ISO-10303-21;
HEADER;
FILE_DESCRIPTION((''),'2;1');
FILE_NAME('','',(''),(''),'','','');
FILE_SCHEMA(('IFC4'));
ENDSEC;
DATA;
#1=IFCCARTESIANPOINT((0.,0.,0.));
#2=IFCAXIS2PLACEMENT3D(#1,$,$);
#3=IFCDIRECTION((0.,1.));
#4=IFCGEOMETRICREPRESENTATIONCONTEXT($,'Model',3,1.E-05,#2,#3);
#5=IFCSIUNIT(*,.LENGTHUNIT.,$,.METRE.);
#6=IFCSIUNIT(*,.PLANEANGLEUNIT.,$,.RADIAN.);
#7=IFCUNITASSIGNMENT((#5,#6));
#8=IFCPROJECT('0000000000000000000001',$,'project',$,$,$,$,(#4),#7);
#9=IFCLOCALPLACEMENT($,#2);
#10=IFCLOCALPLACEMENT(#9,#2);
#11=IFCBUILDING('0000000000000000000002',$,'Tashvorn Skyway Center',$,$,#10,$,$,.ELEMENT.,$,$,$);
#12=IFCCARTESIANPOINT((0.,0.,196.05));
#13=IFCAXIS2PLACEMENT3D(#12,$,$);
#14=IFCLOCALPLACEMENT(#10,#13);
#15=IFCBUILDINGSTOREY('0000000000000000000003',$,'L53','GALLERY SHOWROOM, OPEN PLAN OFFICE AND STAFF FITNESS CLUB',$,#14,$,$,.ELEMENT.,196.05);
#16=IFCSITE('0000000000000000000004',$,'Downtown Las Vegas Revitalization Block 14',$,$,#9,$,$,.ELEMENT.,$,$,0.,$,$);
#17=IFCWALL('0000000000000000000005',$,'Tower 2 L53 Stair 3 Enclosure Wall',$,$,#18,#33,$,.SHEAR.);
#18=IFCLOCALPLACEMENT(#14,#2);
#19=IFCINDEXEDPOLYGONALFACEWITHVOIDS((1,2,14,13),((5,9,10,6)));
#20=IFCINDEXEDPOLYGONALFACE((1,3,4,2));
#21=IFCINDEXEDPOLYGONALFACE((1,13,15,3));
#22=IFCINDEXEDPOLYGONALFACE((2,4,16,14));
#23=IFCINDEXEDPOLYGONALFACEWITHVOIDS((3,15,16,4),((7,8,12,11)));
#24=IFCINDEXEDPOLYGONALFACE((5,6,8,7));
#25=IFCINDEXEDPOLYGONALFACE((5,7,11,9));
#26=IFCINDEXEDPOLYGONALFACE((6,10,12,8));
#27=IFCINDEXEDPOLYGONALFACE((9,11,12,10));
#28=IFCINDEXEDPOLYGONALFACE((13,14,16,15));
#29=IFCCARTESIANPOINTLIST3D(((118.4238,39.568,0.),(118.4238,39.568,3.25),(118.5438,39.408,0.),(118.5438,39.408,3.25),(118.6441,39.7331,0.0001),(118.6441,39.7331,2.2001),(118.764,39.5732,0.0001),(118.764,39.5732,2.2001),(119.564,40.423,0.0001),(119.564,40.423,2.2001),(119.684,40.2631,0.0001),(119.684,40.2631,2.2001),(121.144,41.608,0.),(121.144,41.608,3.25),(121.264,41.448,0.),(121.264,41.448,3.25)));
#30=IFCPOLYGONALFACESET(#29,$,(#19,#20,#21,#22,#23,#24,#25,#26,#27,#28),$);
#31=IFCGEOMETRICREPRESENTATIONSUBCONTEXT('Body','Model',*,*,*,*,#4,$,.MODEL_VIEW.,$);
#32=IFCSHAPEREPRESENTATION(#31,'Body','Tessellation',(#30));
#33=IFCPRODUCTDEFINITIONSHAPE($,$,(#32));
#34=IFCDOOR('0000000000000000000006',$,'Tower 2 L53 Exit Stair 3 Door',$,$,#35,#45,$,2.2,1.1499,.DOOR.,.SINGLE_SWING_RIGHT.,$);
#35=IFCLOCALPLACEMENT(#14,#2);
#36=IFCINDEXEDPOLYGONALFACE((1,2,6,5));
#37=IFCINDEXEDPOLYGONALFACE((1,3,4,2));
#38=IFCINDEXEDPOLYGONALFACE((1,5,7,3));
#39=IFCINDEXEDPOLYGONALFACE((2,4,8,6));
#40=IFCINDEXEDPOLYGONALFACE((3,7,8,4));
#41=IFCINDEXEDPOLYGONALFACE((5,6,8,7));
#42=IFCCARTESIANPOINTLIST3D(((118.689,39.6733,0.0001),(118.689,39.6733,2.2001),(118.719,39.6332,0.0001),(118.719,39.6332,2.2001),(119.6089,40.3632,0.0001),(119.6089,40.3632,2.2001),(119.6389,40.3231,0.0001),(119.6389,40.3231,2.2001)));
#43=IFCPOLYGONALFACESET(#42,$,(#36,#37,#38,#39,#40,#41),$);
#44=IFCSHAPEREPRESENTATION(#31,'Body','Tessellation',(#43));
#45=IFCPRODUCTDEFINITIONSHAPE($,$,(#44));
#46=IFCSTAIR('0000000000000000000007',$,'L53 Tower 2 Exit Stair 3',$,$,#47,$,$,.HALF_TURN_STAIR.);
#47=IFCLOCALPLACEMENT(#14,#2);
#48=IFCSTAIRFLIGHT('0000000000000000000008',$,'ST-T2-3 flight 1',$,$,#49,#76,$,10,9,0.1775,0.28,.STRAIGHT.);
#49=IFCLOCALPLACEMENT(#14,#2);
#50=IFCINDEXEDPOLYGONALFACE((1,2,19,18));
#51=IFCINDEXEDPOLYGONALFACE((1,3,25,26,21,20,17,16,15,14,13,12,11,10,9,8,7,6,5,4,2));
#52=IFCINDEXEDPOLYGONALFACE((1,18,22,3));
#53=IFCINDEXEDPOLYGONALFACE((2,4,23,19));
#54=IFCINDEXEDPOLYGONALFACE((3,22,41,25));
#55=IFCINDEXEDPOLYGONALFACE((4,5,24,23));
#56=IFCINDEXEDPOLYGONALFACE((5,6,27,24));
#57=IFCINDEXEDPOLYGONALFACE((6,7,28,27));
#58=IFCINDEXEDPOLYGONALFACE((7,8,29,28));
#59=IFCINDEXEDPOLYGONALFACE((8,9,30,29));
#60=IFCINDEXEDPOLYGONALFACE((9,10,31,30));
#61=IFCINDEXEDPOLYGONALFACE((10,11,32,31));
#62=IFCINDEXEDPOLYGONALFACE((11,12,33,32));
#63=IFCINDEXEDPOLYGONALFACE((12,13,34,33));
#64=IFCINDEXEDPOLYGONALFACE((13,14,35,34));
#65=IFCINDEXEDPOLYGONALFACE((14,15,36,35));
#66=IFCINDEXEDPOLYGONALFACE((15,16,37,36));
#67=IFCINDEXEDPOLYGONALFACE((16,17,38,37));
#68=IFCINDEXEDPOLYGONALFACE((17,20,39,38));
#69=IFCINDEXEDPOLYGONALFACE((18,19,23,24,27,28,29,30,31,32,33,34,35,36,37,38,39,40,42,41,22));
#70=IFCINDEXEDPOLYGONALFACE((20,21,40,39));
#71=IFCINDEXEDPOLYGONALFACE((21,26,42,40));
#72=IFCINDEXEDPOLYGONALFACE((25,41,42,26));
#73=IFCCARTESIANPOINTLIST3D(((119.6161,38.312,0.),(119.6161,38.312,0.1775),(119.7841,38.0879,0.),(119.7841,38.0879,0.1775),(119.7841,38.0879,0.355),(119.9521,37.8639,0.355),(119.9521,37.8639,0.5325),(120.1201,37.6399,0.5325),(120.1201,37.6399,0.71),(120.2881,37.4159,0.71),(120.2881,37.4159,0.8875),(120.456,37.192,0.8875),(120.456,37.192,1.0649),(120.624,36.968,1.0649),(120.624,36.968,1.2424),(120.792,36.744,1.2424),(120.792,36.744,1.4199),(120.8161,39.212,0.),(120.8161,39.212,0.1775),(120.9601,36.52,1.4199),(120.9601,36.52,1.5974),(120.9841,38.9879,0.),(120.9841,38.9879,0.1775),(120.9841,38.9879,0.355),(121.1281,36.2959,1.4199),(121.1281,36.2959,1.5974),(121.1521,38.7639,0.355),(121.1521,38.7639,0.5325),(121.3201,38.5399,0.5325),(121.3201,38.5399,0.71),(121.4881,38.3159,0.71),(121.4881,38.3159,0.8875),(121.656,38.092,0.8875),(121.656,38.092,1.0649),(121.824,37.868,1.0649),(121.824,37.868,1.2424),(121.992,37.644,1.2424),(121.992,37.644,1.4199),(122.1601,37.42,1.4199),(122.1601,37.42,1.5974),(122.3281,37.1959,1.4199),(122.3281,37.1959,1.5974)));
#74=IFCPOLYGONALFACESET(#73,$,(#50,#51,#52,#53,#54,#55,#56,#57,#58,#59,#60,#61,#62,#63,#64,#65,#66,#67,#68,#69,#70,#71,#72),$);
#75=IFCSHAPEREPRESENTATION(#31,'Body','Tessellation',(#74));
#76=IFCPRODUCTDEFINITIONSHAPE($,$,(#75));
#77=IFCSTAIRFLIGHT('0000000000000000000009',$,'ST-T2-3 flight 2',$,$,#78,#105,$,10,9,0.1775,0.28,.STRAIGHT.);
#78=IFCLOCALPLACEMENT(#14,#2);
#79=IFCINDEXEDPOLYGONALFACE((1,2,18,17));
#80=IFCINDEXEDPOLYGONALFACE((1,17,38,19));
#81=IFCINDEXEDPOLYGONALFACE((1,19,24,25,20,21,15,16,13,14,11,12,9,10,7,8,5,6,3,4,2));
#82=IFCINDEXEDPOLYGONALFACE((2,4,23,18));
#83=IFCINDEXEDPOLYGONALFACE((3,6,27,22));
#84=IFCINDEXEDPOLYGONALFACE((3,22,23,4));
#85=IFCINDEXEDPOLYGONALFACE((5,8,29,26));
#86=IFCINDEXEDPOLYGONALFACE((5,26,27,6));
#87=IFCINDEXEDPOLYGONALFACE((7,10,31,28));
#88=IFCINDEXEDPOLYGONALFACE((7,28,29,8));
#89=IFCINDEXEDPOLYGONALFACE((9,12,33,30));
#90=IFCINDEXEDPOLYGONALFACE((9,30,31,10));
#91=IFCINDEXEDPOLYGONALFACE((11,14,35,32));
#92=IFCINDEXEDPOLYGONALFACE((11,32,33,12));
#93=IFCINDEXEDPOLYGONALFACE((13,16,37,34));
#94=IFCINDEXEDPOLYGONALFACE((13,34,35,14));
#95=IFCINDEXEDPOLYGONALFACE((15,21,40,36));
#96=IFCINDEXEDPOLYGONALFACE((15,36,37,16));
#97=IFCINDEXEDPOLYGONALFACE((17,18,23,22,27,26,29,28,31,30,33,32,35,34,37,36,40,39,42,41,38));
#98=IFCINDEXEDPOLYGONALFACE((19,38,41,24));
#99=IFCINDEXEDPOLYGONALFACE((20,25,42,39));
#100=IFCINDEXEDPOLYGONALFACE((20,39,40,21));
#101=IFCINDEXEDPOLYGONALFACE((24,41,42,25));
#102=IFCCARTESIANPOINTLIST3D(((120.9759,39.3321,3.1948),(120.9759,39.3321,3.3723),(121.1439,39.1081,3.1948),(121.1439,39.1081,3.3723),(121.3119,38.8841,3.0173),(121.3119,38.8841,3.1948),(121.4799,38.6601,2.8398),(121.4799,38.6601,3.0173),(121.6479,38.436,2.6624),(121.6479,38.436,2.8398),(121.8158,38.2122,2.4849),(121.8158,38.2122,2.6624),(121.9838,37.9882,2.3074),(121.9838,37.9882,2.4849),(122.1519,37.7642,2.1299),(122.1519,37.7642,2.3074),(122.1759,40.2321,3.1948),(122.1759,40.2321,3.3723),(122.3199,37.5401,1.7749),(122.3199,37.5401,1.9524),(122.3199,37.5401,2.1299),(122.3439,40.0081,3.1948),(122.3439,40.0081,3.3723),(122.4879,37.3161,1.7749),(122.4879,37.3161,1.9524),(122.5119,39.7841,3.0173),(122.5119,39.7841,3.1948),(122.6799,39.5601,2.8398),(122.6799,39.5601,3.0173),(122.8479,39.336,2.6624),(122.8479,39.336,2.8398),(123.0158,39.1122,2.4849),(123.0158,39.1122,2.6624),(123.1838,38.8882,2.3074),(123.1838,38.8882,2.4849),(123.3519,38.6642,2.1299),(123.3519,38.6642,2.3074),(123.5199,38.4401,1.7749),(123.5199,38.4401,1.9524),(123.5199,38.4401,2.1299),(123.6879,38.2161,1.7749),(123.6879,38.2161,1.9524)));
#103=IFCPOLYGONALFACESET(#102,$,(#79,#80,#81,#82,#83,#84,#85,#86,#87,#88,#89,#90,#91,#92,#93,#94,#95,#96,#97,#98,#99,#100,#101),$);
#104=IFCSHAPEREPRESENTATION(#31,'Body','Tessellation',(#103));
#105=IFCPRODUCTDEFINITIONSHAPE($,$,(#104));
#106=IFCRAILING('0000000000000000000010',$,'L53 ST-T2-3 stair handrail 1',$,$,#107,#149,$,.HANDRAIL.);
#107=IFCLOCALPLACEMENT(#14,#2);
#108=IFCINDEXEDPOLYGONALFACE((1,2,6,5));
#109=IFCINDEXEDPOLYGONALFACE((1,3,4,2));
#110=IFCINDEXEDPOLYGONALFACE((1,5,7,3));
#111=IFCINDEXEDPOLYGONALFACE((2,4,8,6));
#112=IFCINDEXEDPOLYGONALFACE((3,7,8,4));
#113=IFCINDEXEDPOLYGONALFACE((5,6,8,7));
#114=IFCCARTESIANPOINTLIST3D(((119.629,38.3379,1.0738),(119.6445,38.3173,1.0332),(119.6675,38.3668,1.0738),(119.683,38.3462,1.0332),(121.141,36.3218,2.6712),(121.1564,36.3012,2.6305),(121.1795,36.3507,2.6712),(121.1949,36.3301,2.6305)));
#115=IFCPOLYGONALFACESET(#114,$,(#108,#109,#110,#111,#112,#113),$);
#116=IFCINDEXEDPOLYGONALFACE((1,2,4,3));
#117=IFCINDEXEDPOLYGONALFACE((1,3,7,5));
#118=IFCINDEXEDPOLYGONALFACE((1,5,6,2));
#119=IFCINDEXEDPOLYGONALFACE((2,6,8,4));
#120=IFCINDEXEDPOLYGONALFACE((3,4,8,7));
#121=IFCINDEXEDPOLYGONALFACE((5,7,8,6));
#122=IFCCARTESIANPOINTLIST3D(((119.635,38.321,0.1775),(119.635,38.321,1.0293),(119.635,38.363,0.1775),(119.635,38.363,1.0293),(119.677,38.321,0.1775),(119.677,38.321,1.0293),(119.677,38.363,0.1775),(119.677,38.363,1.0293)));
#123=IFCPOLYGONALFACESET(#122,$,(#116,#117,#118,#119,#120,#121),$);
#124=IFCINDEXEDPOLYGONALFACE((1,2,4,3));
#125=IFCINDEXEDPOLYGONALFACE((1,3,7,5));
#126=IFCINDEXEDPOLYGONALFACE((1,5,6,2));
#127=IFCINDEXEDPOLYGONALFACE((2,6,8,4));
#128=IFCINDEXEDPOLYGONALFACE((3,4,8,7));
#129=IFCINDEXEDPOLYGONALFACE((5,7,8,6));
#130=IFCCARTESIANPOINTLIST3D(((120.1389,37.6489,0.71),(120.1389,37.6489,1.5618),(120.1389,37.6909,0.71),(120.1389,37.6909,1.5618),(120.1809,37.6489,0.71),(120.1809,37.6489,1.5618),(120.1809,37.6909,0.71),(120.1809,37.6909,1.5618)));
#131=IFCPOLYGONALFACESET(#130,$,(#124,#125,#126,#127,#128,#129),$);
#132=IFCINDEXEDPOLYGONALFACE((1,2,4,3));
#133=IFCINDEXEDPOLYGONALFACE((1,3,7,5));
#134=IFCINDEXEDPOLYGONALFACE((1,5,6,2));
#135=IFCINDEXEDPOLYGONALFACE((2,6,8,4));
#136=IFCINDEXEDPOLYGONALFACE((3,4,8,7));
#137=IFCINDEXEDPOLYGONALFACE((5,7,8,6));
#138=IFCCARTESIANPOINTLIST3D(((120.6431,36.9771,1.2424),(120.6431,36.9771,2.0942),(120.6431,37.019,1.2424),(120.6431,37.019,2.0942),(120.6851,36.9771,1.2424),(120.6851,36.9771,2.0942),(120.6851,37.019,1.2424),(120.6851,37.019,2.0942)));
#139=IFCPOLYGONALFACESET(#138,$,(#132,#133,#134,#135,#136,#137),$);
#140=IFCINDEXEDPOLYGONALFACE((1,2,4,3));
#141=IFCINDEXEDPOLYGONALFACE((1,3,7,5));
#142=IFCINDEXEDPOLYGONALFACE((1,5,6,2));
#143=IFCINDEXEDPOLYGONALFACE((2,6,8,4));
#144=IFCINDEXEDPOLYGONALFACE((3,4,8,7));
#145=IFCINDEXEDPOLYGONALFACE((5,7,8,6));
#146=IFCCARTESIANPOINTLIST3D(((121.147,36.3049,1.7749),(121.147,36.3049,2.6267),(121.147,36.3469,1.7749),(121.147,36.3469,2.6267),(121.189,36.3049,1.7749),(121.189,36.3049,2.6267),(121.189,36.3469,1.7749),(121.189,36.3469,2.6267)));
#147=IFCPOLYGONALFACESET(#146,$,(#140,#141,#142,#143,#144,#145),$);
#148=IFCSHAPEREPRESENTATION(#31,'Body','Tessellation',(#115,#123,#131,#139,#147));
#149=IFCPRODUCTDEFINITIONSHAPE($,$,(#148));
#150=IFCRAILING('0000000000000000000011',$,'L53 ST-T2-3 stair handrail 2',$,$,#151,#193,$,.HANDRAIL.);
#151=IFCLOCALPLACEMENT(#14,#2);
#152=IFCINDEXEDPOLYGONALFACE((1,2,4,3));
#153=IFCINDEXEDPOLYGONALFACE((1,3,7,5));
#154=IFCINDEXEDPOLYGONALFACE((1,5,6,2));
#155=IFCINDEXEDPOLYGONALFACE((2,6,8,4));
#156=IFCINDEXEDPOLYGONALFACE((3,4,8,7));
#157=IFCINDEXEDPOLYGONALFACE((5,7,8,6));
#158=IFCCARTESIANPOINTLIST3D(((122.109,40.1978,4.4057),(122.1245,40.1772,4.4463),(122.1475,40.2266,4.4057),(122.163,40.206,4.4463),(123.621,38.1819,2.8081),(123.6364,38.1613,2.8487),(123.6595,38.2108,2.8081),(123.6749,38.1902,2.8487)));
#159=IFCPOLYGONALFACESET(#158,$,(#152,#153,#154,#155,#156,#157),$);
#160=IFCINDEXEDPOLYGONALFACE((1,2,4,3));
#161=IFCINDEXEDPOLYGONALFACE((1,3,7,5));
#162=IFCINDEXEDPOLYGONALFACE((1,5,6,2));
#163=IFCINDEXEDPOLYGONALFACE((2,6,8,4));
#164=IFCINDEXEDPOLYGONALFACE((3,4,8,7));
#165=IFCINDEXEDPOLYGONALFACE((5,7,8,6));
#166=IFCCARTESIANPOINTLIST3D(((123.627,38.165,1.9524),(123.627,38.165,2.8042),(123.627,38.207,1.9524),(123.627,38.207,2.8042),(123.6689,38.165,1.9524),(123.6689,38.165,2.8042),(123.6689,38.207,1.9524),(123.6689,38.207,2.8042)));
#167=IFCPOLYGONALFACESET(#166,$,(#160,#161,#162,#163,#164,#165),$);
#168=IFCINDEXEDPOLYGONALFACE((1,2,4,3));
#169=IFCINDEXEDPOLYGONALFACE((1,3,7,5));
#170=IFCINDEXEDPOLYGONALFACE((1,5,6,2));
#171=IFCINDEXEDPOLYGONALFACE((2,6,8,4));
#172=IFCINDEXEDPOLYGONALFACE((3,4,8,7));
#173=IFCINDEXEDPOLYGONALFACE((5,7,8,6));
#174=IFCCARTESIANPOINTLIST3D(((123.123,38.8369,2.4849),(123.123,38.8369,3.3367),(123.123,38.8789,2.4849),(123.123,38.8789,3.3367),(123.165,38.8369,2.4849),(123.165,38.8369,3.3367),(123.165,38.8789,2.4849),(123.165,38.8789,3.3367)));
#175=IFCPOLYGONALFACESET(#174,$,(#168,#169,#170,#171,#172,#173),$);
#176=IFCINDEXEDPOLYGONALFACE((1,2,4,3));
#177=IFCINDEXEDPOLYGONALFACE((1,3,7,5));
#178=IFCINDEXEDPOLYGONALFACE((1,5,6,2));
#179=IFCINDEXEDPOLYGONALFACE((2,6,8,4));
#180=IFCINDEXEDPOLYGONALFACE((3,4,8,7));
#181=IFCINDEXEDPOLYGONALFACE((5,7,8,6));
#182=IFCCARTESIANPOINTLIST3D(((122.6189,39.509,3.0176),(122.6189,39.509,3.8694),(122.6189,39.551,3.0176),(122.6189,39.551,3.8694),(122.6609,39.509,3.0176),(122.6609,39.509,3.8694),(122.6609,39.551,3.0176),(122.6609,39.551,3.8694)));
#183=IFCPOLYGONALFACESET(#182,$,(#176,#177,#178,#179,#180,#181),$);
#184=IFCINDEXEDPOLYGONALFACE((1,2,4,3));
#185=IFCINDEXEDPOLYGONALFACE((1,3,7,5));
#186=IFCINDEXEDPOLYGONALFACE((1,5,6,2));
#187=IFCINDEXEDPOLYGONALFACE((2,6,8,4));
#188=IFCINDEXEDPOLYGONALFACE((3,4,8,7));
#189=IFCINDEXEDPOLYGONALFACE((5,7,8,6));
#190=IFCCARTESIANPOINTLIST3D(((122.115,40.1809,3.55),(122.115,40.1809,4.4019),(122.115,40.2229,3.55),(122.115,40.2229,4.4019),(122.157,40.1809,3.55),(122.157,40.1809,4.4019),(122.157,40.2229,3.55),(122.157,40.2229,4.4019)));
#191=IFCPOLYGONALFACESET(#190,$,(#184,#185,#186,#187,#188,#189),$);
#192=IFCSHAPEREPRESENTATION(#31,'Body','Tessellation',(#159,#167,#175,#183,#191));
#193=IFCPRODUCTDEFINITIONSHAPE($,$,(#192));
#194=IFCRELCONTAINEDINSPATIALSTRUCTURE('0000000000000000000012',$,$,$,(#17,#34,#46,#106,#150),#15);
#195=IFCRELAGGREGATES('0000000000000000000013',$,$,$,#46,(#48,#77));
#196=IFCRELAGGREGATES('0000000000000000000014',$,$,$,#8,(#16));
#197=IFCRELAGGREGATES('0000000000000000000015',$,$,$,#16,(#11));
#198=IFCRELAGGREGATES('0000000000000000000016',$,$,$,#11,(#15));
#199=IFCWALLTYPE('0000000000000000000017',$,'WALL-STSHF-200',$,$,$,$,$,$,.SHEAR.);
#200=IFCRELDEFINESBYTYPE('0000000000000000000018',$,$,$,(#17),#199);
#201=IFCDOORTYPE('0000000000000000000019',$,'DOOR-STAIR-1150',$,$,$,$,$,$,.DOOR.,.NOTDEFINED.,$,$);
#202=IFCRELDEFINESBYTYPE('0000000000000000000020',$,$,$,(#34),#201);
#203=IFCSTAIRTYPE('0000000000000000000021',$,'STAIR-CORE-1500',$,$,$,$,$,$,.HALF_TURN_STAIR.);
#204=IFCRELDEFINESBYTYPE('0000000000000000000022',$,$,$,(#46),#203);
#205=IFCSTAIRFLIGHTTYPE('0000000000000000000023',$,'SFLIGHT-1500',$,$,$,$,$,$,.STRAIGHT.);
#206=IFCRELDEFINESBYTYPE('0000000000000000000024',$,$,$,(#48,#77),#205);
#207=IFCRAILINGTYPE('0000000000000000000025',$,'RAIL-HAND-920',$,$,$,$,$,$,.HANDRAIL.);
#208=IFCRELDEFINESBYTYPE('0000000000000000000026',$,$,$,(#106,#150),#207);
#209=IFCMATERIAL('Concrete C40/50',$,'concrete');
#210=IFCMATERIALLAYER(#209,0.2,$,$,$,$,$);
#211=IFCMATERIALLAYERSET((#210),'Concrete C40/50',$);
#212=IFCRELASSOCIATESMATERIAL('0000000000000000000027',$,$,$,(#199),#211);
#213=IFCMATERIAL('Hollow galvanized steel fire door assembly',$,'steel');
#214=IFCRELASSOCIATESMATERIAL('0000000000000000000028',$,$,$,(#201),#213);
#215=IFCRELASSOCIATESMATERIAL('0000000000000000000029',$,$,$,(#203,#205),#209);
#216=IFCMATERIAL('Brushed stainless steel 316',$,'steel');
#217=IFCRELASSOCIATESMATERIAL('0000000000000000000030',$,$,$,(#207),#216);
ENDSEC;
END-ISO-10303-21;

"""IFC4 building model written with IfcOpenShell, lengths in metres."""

from ifc_helpers import new_model, si_unit, direction, frame, frame_2d, origin, origin_2d, place, context, subcontext, project, spatial, polyline, rectangle, outline, extrude, material, layer, layer_set, type_object, element, fill, aggregate, save


model = new_model("IFC4")

# Units and contexts
model_context = context("Model", 3, precision=1e-05, world=origin(), true_north=direction((0.0, 1.0)))
body_context = subcontext(model_context, "Body", "Model", "MODEL_VIEW")
ifc_project = project(units=[si_unit("LENGTHUNIT", "METRE"), si_unit("PLANEANGLEUNIT", "RADIAN")], contexts=[model_context])

# Site, building, storey
site_placement = place(None, origin())
site = spatial("IfcSite", under=ifc_project, at=site_placement, Name="Downtown Las Vegas Revitalization Block 14", CompositionType="ELEMENT", RefElevation=0.0)
building_placement = place(site_placement, origin())
building = spatial("IfcBuilding", under=site, at=building_placement, Name="Tashvorn Skyway Center", CompositionType="ELEMENT")
storey_placement = place(building_placement, frame((0.0, 0.0, 196.05)))
storey = spatial("IfcBuildingStorey", under=building, at=storey_placement, Name="L53", Description="GALLERY SHOWROOM, OPEN PLAN OFFICE AND STAFF FITNESS CLUB", CompositionType="ELEMENT", Elevation=196.05)

# Shared definitions
ifc_material_1 = material(Name="Concrete C40/50", Category="concrete")

# Shared definitions
ifc_layer_1 = layer(ifc_material_1, 0.2)
ifc_layer_set_1 = layer_set([ifc_layer_1], Name="Concrete C40/50")
wall_type_1 = type_object("IfcWallType", Name="WALL-STSHF-200", PredefinedType="SHEAR", material=ifc_layer_set_1)
ifc_material_2 = material(Name="Hollow galvanized steel fire door assembly", Category="steel")
door_type = type_object("IfcDoorType", Name="DOOR-STAIR-1150", OperationType="NOTDEFINED", PredefinedType="DOOR", material=ifc_material_2)

# Wall, opening, door
wall_1_placement = place(storey_placement, frame((121.2041, 41.5281, 0.0), z_axis=(0.0, 0.0, 1.0), x_axis=(-0.800017, -0.599977, 0.0)))
wall_1 = element("IfcWall", 1, at=wall_1_placement, inside=storey, type_object=wall_type_1, Name="Tower 2 L53 Stair 3 Enclosure Wall", PredefinedType="SHEAR", context=body_context, shape_type="SweptSolid", body=[
    extrude(rectangle(XDim=3.4001, YDim=0.2, at=frame_2d((1.7002, 0.0))), origin(), (0.0, 0.0, 1.0), 3.25),
])
opening_1_placement = place(wall_1_placement, frame((1.9751, 0.0, 0.0)))
opening_1 = element("IfcOpeningElement", 2, at=opening_1_placement, cuts=wall_1, PredefinedType="OPENING", context=body_context, shape_type="SweptSolid", body=[
    extrude(rectangle(XDim=1.1499, YDim=2.2, at=frame_2d((0.575, 1.1001))), frame((0.0, 0.1099, 0.0), z_axis=(0.0, -1.0, 0.0), x_axis=(1.0, 0.0, 0.0)), (0.0, 0.0, 1.0), 0.22),
])
door_1_placement = place(opening_1_placement, origin())
door_1 = element("IfcDoor", 3, at=door_1_placement, inside=storey, type_object=door_type, Name="Tower 2 L53 Exit Stair 3 Door", OperationType="SINGLE_SWING_RIGHT", OverallHeight=2.2, OverallWidth=1.1499, PredefinedType="DOOR", context=body_context, shape_type="SweptSolid", body=[
    extrude(rectangle(XDim=1.1499, YDim=2.2, at=frame_2d((0.575, 1.1001))), frame((0.0, 0.0249, 0.0), z_axis=(0.0, -1.0, 0.0), x_axis=(1.0, 0.0, 0.0)), (0.0, 0.0, 1.0), 0.05),
])
fill(opening_1, door_1)

# Stair, stair flights
stair_type = type_object("IfcStairType", Name="STAIR-CORE-1500", PredefinedType="HALF_TURN_STAIR", material=ifc_material_1)
stair_placement = place(storey_placement, origin())
stair = element("IfcStair", 4, at=stair_placement, inside=storey, type_object=stair_type, Name="L53 Tower 2 Exit Stair 3", PredefinedType="HALF_TURN_STAIR")
stair_flight_type = type_object("IfcStairFlightType", Name="SFLIGHT-1500", PredefinedType="STRAIGHT", material=ifc_material_1)
stair_flight_1_placement = place(storey_placement, frame((120.2161, 38.762, 0.0), z_axis=(0.0, 0.0, 1.0), x_axis=(0.6, -0.8, 0.0)))
stair_flight_1 = element("IfcStairFlight", 5, at=stair_flight_1_placement, type_object=stair_flight_type, Name="ST-T2-3 flight 1", NumberOfRisers=10, NumberOfTreads=9, PredefinedType="STRAIGHT", RiserHeight=0.1775, TreadLength=0.28, context=body_context, shape_type="SweptSolid", body=[
    extrude(outline(polyline([(0.0, 0.0), (0.0, 0.1775), (0.28, 0.1775), (0.28, 0.355), (0.5601, 0.355), (0.5601, 0.5325), (0.8401, 0.5325), (0.8401, 0.71), (1.1201, 0.71), (1.1201, 0.8875), (1.3999, 0.8875), (1.3999, 1.0649), (1.6799, 1.0649), (1.6799, 1.2424), (1.96, 1.2424), (1.96, 1.4199), (2.24, 1.4199), (2.24, 1.5974), (2.52, 1.5974), (2.52, 1.7749), (2.52, 1.4199), (0.28, 0.0), (0.0, 0.0)])), frame((0.0, 0.75, 0.0), z_axis=(0.0, -1.0, 0.0), x_axis=(1.0, 0.0, 0.0)), (0.0, 0.0, 1.0), 1.5),
])
stair_flight_2_placement = place(storey_placement, frame((123.0879, 37.7661, 1.7749), z_axis=(0.0, 0.0, 1.0), x_axis=(-0.6, 0.8, 0.0)))
stair_flight_2 = element("IfcStairFlight", 6, at=stair_flight_2_placement, type_object=stair_flight_type, Name="ST-T2-3 flight 2", NumberOfRisers=10, NumberOfTreads=9, PredefinedType="STRAIGHT", RiserHeight=0.1775, TreadLength=0.28, context=body_context, shape_type="SweptSolid", body=[
    extrude(outline(polyline([(0.0, 0.0), (0.0, 0.1775), (0.28, 0.1775), (0.28, 0.355), (0.5601, 0.355), (0.5601, 0.5325), (0.8401, 0.5325), (0.8401, 0.71), (1.1201, 0.71), (1.1201, 0.8875), (1.3999, 0.8875), (1.3999, 1.0649), (1.6799, 1.0649), (1.6799, 1.2424), (1.96, 1.2424), (1.96, 1.4199), (2.24, 1.4199), (2.24, 1.5974), (2.52, 1.5974), (2.52, 1.7749), (2.52, 1.4199), (0.28, 0.0), (0.0, 0.0)])), frame((0.0, 0.75, 0.0), z_axis=(0.0, -1.0, 0.0), x_axis=(1.0, 0.0, 0.0)), (0.0, 0.0, 1.0), 1.5),
])
aggregate(stair, [stair_flight_1, stair_flight_2])

# Railings
ifc_material_3 = material(Name="Brushed stainless steel 316", Category="steel")
railing_type_1 = type_object("IfcRailingType", Name="RAIL-HAND-920", PredefinedType="HANDRAIL", material=ifc_material_3)
railing_1_placement = place(storey_placement, frame((119.656, 38.342, 0.1775)))
element("IfcRailing", 7, at=railing_1_placement, inside=storey, type_object=railing_type_1, Name="L53 ST-T2-3 stair handrail 1", PredefinedType="HANDRAIL", context=body_context, shape_type="SweptSolid", body=[
    extrude(rectangle(XDim=0.0481, YDim=0.0481, at=origin_2d()), frame((0.0, 0.0, 0.876), z_axis=(0.506741, -0.675709, 0.535379), x_axis=(0.800023, 0.599969, 0.0)), (0.0, 0.0, 1.0), 2.9836),
    extrude(rectangle(XDim=0.042, YDim=0.042, at=origin_2d()), origin(), (0.0, 0.0, 1.0), 0.8518),
    extrude(rectangle(XDim=0.042, YDim=0.042, at=origin_2d()), frame((0.5039, -0.6721, 0.5325)), (0.0, 0.0, 1.0), 0.8518),
    extrude(rectangle(XDim=0.042, YDim=0.042, at=origin_2d()), frame((1.0081, -1.344, 1.0649)), (0.0, 0.0, 1.0), 0.8518),
    extrude(rectangle(XDim=0.042, YDim=0.042, at=origin_2d()), frame((1.512, -2.0161, 1.5974)), (0.0, 0.0, 1.0), 0.8518),
])
railing_2_placement = place(storey_placement, frame((123.6479, 38.186, 1.9524)))
element("IfcRailing", 8, at=railing_2_placement, inside=storey, type_object=railing_type_1, Name="L53 ST-T2-3 stair handrail 2", PredefinedType="HANDRAIL", context=body_context, shape_type="SweptSolid", body=[
    extrude(rectangle(XDim=0.0481, YDim=0.0481, at=origin_2d()), frame((0.0, 0.0, 0.876), z_axis=(-0.506747, 0.675635, 0.535467), x_axis=(-0.799988, -0.600016, 0.0)), (0.0, 0.0, 1.0), 2.9836),
    extrude(rectangle(XDim=0.042, YDim=0.042, at=origin_2d()), origin(), (0.0, 0.0, 1.0), 0.8518),
    extrude(rectangle(XDim=0.042, YDim=0.042, at=origin_2d()), frame((-0.5039, 0.6719, 0.5325)), (0.0, 0.0, 1.0), 0.8518),
    extrude(rectangle(XDim=0.042, YDim=0.042, at=origin_2d()), frame((-1.0081, 1.344, 1.0652)), (0.0, 0.0, 1.0), 0.8518),
    extrude(rectangle(XDim=0.042, YDim=0.042, at=origin_2d()), frame((-1.512, 2.0159, 1.5977)), (0.0, 0.0, 1.0), 0.8518),
])

save(model, "model.ifc")
